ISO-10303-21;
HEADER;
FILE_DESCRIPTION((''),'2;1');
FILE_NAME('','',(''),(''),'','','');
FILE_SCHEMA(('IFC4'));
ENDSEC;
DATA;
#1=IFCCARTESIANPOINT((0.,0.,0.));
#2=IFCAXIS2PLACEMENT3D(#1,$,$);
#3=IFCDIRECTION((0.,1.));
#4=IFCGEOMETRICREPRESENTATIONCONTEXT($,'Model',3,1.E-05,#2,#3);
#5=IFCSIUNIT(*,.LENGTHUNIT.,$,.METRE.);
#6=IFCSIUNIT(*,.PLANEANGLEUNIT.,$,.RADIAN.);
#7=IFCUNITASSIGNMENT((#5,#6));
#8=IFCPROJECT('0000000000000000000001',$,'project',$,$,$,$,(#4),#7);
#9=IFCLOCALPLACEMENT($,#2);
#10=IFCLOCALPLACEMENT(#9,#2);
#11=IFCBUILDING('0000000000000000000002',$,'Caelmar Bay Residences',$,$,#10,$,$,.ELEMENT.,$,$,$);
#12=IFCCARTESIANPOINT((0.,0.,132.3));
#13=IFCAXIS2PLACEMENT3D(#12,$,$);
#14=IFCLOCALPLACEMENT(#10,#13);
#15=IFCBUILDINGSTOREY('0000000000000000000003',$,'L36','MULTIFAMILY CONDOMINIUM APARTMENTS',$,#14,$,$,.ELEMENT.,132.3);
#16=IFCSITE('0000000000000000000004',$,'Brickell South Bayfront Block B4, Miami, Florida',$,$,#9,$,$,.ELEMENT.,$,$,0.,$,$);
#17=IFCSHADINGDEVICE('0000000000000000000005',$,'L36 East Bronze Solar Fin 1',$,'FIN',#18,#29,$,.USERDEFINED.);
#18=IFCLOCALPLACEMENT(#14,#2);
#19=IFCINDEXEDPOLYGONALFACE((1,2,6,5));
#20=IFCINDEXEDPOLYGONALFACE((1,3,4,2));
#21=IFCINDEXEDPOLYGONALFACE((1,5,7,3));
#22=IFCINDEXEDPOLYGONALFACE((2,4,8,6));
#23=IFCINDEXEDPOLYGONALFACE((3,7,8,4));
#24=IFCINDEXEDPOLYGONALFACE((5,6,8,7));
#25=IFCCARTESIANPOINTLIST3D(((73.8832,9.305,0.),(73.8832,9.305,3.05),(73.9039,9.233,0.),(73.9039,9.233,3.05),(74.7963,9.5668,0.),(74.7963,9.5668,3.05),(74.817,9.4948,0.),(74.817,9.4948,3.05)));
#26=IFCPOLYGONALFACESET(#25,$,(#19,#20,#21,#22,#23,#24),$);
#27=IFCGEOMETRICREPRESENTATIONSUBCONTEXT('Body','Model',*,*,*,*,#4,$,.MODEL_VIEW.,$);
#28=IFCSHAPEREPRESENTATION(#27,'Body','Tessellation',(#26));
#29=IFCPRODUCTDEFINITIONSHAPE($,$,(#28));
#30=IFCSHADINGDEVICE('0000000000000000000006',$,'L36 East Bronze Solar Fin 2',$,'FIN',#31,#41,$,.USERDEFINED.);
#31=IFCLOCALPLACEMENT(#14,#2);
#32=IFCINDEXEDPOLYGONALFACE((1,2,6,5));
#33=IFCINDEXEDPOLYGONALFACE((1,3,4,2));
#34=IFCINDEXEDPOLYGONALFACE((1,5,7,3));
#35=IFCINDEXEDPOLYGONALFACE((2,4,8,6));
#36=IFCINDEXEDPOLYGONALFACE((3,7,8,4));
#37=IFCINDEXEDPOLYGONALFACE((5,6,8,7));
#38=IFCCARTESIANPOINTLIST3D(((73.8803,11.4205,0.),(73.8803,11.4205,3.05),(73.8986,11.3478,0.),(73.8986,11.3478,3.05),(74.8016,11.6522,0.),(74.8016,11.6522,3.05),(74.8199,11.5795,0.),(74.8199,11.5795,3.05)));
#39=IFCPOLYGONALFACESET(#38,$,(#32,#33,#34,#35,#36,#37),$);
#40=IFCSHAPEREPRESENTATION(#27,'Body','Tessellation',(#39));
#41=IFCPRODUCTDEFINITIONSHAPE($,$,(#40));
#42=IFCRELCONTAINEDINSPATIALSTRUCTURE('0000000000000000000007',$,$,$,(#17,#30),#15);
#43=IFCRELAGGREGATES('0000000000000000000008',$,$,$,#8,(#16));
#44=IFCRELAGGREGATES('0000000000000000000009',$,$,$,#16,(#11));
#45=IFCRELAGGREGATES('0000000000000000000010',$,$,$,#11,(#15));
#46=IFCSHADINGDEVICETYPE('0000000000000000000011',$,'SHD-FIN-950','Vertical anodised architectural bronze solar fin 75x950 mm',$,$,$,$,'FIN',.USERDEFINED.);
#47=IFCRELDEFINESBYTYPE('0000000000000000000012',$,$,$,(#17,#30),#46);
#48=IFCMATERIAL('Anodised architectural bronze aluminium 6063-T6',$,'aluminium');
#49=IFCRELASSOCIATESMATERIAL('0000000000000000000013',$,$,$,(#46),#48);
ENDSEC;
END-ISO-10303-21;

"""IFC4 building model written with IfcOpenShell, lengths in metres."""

from ifc_helpers import new_model, si_unit, direction, frame, origin, origin_2d, place, context, subcontext, project, spatial, rectangle, extrude, material, material_profile, profile_set, type_object, element, save


model = new_model("IFC4")

# Units and contexts
model_context = context("Model", 3, precision=1e-05, world=origin(), true_north=direction((0.0, 1.0)))
body_context = subcontext(model_context, "Body", "Model", "MODEL_VIEW")
ifc_project = project(units=[si_unit("LENGTHUNIT", "METRE"), si_unit("PLANEANGLEUNIT", "RADIAN")], contexts=[model_context])

# Site, building, storey
site_placement = place(None, origin())
site = spatial("IfcSite", under=ifc_project, at=site_placement, Name="Brickell South Bayfront Block B4, Miami, Florida", CompositionType="ELEMENT", RefElevation=0.0)
building_placement = place(site_placement, origin())
building = spatial("IfcBuilding", under=site, at=building_placement, Name="Caelmar Bay Residences", CompositionType="ELEMENT")
storey_placement = place(building_placement, frame((0.0, 0.0, 132.3)))
storey = spatial("IfcBuildingStorey", under=building, at=storey_placement, Name="L36", Description="MULTIFAMILY CONDOMINIUM APARTMENTS", CompositionType="ELEMENT", Elevation=132.3)

# Shading devices
ifc_material_1 = material(Name="Anodised architectural bronze aluminium 6063-T6", Category="aluminium")
ifc_material_profile_1 = material_profile(ifc_material_1, rectangle(XDim=0.075, YDim=0.95, at=origin_2d()), Name="BRONZE-FIN-75X950")
ifc_profile_set_1 = profile_set([ifc_material_profile_1], Name="Anodised architectural bronze aluminium 6063-T6")
shading_device_type = type_object("IfcShadingDeviceType", Name="SHD-FIN-950", Description="Vertical anodised architectural bronze solar fin 75x950 mm", ElementType="FIN", PredefinedType="USERDEFINED", material=ifc_profile_set_1)
for number, where, z_axis, x_axis, name in (
    (1, (74.3501, 9.3999, 0.0), (0.0, 0.0, 1.0), (-0.275637, 0.961262, 0.0), "L36 East Bronze Solar Fin 1"),
    (2, (74.3501, 11.5, 0.0), (0.0, 0.0, 1.0), (-0.243954, 0.969787, 0.0), "L36 East Bronze Solar Fin 2"),
):
    element("IfcShadingDevice", number, at=place(storey_placement, frame(where, z_axis=z_axis, x_axis=x_axis)), inside=storey, type_object=shading_device_type, Name=name, ObjectType="FIN", PredefinedType="USERDEFINED", context=body_context, shape_type="SweptSolid", body=[
        extrude(rectangle(XDim=0.075, YDim=0.95, at=origin_2d()), origin(), (0.0, 0.0, 1.0), 3.05),
    ])

save(model, "model.ifc")
